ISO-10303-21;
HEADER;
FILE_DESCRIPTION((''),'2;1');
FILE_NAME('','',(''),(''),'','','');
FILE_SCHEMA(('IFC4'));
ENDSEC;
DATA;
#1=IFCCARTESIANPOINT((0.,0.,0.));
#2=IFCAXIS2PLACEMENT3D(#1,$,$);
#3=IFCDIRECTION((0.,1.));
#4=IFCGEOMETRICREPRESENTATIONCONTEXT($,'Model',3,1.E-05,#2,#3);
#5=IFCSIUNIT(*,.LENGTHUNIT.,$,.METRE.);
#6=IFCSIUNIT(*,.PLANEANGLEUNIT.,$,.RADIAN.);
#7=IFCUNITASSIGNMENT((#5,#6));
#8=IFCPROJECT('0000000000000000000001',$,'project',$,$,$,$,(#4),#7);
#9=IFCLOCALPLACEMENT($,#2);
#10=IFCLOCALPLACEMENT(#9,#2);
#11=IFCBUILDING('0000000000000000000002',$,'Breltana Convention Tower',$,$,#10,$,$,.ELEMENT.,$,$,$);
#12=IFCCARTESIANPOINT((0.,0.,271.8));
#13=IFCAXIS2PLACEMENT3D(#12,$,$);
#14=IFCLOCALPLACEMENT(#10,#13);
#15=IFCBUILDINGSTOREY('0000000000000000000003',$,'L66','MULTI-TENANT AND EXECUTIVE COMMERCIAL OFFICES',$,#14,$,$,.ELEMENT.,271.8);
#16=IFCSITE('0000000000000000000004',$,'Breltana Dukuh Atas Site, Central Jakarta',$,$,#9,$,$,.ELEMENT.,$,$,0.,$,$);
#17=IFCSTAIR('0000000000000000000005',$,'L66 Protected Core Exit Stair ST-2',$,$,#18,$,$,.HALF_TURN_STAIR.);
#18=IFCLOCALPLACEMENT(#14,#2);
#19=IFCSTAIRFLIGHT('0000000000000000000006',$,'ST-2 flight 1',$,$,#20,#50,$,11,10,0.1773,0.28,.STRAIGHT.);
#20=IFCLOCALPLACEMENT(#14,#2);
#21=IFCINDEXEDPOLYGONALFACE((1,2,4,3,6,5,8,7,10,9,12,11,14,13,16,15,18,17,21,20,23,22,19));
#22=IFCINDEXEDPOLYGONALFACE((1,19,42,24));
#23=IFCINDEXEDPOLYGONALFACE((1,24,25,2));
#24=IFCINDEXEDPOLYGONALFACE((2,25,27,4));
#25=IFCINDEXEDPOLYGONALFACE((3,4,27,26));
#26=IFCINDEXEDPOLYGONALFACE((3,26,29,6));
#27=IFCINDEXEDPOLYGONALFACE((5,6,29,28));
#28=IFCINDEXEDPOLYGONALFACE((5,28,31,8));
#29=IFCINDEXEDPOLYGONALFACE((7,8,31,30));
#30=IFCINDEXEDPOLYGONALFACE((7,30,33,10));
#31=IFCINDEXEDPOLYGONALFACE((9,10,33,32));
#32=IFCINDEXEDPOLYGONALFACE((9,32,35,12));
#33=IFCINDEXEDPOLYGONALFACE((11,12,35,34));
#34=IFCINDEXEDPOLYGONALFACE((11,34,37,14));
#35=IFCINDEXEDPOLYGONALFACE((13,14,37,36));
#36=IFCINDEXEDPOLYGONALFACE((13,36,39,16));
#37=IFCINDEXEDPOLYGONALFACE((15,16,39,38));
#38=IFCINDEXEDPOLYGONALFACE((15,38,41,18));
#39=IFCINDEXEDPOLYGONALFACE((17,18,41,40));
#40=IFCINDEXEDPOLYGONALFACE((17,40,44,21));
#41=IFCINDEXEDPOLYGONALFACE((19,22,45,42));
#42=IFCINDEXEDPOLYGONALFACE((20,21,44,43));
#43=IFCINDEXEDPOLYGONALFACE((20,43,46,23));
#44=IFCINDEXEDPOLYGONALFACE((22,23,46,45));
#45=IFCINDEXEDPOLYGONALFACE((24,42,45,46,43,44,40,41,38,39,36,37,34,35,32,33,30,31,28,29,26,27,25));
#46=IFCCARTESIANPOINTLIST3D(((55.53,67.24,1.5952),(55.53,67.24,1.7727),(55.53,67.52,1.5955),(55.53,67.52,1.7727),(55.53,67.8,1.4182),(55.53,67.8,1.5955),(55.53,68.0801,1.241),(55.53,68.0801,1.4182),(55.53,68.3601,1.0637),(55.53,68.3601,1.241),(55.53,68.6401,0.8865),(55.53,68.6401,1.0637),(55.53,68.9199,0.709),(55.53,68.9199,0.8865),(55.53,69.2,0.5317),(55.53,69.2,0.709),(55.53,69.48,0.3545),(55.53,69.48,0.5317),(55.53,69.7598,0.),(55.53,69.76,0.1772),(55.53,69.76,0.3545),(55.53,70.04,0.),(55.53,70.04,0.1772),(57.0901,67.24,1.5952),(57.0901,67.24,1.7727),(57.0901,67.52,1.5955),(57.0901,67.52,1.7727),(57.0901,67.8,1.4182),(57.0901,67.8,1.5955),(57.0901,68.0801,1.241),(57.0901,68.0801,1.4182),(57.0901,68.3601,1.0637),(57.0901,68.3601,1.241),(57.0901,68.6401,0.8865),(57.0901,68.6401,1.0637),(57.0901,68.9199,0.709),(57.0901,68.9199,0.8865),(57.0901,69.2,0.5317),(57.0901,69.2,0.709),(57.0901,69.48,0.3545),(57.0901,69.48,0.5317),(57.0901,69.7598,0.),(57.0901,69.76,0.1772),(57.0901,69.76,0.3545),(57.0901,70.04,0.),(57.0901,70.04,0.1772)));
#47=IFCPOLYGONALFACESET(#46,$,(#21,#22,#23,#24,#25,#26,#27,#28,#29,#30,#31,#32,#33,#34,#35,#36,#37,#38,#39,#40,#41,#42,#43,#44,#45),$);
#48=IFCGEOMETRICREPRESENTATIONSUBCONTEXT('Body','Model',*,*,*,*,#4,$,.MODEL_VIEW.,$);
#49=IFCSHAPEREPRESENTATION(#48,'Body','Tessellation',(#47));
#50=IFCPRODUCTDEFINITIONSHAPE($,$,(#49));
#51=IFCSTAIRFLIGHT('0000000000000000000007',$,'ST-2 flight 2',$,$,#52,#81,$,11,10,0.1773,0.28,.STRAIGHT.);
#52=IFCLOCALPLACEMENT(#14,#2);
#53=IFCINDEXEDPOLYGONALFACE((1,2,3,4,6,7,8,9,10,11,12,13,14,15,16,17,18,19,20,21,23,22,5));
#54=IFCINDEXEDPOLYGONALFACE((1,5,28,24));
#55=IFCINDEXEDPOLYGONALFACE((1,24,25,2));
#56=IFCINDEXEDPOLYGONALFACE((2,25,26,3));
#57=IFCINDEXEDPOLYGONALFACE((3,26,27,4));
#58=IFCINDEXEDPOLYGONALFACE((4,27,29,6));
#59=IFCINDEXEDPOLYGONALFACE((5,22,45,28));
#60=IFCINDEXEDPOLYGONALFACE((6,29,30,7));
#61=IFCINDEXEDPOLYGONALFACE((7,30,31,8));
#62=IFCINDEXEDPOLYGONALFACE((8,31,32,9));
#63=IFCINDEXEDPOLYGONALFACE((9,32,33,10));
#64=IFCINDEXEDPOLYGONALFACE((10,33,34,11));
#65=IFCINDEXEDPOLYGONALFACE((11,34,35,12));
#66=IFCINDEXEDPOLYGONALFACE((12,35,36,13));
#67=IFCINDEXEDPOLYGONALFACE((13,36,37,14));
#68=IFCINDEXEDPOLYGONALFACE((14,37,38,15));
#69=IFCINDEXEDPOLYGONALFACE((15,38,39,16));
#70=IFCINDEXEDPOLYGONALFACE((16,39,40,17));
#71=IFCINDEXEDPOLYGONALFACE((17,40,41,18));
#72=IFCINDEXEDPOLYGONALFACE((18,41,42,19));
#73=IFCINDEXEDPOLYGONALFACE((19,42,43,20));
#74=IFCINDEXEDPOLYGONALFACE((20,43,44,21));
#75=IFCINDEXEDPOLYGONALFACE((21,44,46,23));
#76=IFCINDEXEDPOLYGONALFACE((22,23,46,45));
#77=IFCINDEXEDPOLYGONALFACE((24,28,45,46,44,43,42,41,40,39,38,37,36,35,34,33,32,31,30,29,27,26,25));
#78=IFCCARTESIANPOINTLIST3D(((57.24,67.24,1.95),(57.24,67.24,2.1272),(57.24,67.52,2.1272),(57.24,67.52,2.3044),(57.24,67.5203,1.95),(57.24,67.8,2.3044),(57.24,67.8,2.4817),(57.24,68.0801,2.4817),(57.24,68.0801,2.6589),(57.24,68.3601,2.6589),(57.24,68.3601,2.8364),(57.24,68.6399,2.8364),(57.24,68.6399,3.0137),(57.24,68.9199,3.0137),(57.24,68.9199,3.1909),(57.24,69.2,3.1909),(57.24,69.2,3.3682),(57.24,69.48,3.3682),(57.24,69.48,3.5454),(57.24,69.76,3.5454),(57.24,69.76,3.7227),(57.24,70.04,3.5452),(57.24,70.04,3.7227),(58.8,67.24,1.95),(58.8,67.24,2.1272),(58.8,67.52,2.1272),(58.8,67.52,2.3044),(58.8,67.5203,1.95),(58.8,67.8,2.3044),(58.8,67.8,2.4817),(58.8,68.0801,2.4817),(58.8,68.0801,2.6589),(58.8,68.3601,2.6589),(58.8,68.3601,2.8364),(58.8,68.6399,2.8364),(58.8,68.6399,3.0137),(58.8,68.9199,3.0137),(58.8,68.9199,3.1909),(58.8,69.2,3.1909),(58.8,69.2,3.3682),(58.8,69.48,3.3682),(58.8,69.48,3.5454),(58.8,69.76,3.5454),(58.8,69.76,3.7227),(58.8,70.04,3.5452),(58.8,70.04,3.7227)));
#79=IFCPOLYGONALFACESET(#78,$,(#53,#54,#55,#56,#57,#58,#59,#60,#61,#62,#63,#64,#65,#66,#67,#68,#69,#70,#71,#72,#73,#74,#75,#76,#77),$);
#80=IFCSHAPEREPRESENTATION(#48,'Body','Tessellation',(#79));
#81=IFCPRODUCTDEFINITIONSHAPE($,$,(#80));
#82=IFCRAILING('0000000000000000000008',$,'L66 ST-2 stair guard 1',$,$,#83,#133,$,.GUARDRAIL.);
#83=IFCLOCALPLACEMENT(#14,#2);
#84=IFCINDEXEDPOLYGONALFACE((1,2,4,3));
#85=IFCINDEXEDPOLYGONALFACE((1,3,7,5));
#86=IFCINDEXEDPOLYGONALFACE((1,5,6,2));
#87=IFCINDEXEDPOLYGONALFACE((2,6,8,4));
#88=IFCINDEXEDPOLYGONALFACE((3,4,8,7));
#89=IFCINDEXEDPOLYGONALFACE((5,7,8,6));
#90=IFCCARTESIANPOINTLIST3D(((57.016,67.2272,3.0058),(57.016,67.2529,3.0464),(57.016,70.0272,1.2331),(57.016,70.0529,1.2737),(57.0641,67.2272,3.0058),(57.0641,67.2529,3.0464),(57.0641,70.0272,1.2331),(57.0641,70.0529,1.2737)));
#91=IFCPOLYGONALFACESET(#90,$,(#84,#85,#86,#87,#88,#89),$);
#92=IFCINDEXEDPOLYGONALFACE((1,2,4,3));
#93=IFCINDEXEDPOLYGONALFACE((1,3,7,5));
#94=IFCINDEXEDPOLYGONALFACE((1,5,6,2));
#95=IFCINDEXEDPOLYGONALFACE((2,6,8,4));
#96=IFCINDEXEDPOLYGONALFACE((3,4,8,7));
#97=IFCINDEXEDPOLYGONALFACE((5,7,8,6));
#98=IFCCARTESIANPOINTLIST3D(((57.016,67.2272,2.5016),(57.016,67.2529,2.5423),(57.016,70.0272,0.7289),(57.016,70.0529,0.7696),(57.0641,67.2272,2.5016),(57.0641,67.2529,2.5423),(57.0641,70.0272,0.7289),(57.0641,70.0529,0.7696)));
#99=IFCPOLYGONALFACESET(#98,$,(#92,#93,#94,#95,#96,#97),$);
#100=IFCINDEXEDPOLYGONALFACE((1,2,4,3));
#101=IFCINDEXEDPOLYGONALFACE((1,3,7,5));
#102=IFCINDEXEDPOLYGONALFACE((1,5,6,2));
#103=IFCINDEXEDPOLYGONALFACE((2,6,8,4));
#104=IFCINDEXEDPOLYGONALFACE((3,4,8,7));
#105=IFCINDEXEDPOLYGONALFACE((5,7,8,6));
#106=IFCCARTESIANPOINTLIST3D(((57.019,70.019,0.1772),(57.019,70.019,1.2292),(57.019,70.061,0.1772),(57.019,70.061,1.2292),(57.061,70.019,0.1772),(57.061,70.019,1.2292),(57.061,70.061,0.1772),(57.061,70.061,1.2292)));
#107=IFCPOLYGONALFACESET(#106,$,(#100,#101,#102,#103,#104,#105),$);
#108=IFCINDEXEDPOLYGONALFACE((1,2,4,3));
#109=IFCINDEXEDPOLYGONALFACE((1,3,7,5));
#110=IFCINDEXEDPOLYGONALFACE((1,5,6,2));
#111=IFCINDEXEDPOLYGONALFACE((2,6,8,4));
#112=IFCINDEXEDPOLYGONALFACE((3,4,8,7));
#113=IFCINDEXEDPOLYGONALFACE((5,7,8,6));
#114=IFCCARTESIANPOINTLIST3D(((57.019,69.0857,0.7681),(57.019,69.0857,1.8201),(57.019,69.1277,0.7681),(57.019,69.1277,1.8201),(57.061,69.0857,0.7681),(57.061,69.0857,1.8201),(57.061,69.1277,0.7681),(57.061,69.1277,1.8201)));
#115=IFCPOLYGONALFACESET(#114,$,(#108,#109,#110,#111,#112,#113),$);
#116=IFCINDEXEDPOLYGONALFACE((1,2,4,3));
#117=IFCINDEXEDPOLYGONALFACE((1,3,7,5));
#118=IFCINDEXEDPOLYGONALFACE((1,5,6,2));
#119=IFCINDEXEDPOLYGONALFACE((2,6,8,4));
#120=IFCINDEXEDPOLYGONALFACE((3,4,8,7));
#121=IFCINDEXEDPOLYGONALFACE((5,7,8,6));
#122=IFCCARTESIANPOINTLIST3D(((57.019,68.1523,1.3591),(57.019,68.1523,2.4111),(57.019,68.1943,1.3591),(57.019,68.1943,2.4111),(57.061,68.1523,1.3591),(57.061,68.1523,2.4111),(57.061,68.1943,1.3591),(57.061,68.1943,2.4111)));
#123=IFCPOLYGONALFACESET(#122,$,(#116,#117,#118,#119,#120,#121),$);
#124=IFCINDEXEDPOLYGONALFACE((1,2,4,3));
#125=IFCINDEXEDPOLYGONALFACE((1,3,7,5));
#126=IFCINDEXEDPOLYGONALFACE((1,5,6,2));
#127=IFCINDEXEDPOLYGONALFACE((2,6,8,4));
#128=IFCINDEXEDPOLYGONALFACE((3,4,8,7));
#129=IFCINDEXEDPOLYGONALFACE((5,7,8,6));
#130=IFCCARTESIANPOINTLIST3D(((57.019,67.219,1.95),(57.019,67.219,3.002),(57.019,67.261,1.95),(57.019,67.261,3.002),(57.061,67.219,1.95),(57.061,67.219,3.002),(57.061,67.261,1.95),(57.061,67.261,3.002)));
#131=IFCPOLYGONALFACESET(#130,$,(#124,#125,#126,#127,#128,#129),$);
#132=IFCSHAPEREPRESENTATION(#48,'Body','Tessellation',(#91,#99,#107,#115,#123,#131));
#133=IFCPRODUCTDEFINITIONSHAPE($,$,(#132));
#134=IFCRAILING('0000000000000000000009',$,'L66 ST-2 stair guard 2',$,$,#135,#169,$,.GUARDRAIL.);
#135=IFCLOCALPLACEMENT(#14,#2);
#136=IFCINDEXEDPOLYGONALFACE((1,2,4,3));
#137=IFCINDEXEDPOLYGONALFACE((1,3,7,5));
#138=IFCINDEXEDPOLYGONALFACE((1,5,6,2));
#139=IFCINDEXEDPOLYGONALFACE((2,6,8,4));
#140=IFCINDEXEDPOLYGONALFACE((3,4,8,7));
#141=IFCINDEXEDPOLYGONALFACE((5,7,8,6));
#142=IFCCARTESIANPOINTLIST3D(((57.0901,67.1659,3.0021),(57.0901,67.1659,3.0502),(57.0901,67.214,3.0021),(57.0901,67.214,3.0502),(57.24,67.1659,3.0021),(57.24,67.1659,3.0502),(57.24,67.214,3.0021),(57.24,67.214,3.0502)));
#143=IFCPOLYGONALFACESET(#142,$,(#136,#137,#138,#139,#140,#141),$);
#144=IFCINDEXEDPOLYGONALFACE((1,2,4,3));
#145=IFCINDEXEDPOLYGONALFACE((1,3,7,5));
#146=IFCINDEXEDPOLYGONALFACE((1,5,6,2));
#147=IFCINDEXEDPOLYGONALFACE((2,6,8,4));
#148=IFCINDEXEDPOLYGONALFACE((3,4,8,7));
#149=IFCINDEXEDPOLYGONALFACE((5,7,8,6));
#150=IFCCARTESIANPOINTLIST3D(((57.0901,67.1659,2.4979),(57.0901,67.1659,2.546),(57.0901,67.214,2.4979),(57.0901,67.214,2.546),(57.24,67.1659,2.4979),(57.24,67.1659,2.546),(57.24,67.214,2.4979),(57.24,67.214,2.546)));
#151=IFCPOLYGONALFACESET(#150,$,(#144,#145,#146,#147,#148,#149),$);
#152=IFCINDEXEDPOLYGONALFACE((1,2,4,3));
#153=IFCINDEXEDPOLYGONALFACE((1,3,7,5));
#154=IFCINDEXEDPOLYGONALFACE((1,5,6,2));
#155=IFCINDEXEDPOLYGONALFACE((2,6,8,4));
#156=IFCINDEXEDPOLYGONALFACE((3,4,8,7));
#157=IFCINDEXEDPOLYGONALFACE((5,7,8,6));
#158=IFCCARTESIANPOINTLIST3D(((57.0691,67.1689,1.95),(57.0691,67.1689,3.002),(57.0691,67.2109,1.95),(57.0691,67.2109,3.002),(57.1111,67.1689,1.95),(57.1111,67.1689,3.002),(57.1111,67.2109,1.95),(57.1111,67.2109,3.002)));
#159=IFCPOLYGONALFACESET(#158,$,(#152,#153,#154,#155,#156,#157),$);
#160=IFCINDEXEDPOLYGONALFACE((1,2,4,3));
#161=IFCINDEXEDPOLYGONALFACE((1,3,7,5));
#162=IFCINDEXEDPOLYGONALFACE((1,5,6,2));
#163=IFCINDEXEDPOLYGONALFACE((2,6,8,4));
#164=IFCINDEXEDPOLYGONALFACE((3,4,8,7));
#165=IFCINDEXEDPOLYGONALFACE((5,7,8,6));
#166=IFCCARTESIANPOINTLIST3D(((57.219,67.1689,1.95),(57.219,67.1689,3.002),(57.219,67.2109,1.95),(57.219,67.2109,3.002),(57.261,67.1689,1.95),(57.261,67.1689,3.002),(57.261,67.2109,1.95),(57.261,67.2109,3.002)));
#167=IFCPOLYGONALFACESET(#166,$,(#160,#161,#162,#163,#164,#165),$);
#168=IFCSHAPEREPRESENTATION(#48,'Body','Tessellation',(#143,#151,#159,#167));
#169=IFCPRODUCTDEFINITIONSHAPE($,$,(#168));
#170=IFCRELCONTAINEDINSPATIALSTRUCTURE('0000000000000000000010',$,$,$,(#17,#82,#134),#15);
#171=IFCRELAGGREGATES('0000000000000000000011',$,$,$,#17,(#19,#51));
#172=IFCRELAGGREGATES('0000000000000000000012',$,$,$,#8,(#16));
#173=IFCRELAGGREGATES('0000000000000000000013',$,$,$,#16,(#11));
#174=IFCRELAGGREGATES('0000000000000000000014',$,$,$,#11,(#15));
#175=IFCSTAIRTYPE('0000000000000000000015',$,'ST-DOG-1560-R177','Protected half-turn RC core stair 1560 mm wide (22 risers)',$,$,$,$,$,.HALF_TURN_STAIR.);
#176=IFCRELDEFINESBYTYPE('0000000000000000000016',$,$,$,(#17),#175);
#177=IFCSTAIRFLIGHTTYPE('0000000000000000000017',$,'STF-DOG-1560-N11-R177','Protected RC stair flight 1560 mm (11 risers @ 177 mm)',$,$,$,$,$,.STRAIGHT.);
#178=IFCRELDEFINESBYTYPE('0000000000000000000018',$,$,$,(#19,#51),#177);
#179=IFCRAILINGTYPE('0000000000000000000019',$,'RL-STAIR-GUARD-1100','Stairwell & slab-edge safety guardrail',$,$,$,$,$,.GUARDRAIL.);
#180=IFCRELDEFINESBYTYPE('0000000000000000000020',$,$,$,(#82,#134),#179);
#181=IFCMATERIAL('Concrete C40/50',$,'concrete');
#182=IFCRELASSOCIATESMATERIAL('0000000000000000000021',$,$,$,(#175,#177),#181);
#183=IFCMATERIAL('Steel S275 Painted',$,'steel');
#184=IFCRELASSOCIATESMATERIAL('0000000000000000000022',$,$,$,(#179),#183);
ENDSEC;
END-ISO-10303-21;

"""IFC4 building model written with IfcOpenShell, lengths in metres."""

from ifc_helpers import new_model, si_unit, direction, frame, origin, origin_2d, place, context, subcontext, project, spatial, polyline, rectangle, outline, extrude, material, type_object, element, aggregate, save


model = new_model("IFC4")

# Units and contexts
model_context = context("Model", 3, precision=1e-05, world=origin(), true_north=direction((0.0, 1.0)))
body_context = subcontext(model_context, "Body", "Model", "MODEL_VIEW")
ifc_project = project(units=[si_unit("LENGTHUNIT", "METRE"), si_unit("PLANEANGLEUNIT", "RADIAN")], contexts=[model_context])

# Site, building, storey
site_placement = place(None, origin())
site = spatial("IfcSite", under=ifc_project, at=site_placement, Name="Breltana Dukuh Atas Site, Central Jakarta", CompositionType="ELEMENT", RefElevation=0.0)
building_placement = place(site_placement, origin())
building = spatial("IfcBuilding", under=site, at=building_placement, Name="Breltana Convention Tower", CompositionType="ELEMENT")
storey_placement = place(building_placement, frame((0.0, 0.0, 271.8)))
storey = spatial("IfcBuildingStorey", under=building, at=storey_placement, Name="L66", Description="MULTI-TENANT AND EXECUTIVE COMMERCIAL OFFICES", CompositionType="ELEMENT", Elevation=271.8)

# Stair, stair flights
ifc_material_1 = material(Name="Concrete C40/50", Category="concrete")
stair_type = type_object("IfcStairType", Name="ST-DOG-1560-R177", Description="Protected half-turn RC core stair 1560 mm wide (22 risers)", PredefinedType="HALF_TURN_STAIR", material=ifc_material_1)
stair_placement = place(storey_placement, origin())
stair = element("IfcStair", 1, at=stair_placement, inside=storey, type_object=stair_type, Name="L66 Protected Core Exit Stair ST-2", PredefinedType="HALF_TURN_STAIR")
stair_flight_type = type_object("IfcStairFlightType", Name="STF-DOG-1560-N11-R177", Description="Protected RC stair flight 1560 mm (11 risers @ 177 mm)", PredefinedType="STRAIGHT", material=ifc_material_1)
stair_flight_1_placement = place(storey_placement, frame((56.3101, 70.04, 0.0), z_axis=(0.0, 0.0, 1.0), x_axis=(0.0, -1.0, 0.0)))
stair_flight_1 = element("IfcStairFlight", 2, at=stair_flight_1_placement, type_object=stair_flight_type, Name="ST-2 flight 1", NumberOfRisers=11, NumberOfTreads=10, PredefinedType="STRAIGHT", RiserHeight=0.1773, TreadLength=0.28, context=body_context, shape_type="SweptSolid", body=[
    extrude(outline(polyline([(0.0, 0.0), (0.0, 0.1772), (0.28, 0.1772), (0.28, 0.3545), (0.5601, 0.3545), (0.5601, 0.5317), (0.8401, 0.5317), (0.8401, 0.709), (1.1201, 0.709), (1.1201, 0.8865), (1.3999, 0.8865), (1.3999, 1.0637), (1.6799, 1.0637), (1.6799, 1.241), (1.96, 1.241), (1.96, 1.4182), (2.24, 1.4182), (2.24, 1.5955), (2.52, 1.5955), (2.52, 1.7727), (2.8, 1.7727), (2.8, 1.95), (2.8, 1.5952), (0.2803, 0.0), (0.0, 0.0)])), frame((0.0, 0.78, 0.0), z_axis=(0.0, -1.0, 0.0), x_axis=(1.0, 0.0, 0.0)), (0.0, 0.0, 1.0), 1.5601),
])
stair_flight_2_placement = place(storey_placement, frame((58.02, 67.24, 1.95), z_axis=(0.0, 0.0, 1.0), x_axis=(0.0, 1.0, 0.0)))
stair_flight_2 = element("IfcStairFlight", 3, at=stair_flight_2_placement, type_object=stair_flight_type, Name="ST-2 flight 2", NumberOfRisers=11, NumberOfTreads=10, PredefinedType="STRAIGHT", RiserHeight=0.1773, TreadLength=0.28, context=body_context, shape_type="SweptSolid", body=[
    extrude(outline(polyline([(0.0, 0.0), (0.0, 0.1772), (0.28, 0.1772), (0.28, 0.3545), (0.5601, 0.3545), (0.5601, 0.5317), (0.8401, 0.5317), (0.8401, 0.709), (1.1201, 0.709), (1.1201, 0.8865), (1.3999, 0.8865), (1.3999, 1.0637), (1.6799, 1.0637), (1.6799, 1.241), (1.96, 1.241), (1.96, 1.4182), (2.24, 1.4182), (2.24, 1.5955), (2.52, 1.5955), (2.52, 1.7727), (2.8, 1.7727), (2.8, 1.95), (2.8, 1.5952), (0.2803, 0.0), (0.0, 0.0)])), frame((0.0, 0.78, 0.0), z_axis=(0.0, -1.0, 0.0), x_axis=(1.0, 0.0, 0.0)), (0.0, 0.0, 1.0), 1.5601),
])
aggregate(stair, [stair_flight_1, stair_flight_2])

# Railings
ifc_material_2 = material(Name="Steel S275 Painted", Category="steel")
railing_type_1 = type_object("IfcRailingType", Name="RL-STAIR-GUARD-1100", Description="Stairwell & slab-edge safety guardrail", PredefinedType="GUARDRAIL", material=ifc_material_2)
railing_1_placement = place(storey_placement, frame((57.04, 70.04, 0.1772)))
element("IfcRailing", 4, at=railing_1_placement, inside=storey, type_object=railing_type_1, Name="L66 ST-2 stair guard 1", PredefinedType="GUARDRAIL", context=body_context, shape_type="SweptSolid", body=[
    extrude(rectangle(XDim=0.0481, YDim=0.0481, at=origin_2d()), frame((0.0, 0.0, 1.0762), z_axis=(0.0, -0.844909, 0.53491), x_axis=(1.0, 0.0, 0.0)), (0.0, 0.0, 1.0), 3.314),
    extrude(rectangle(XDim=0.0481, YDim=0.0481, at=origin_2d()), frame((0.0, 0.0, 0.572), z_axis=(0.0, -0.844909, 0.53491), x_axis=(1.0, 0.0, 0.0)), (0.0, 0.0, 1.0), 3.314),
    extrude(rectangle(XDim=0.042, YDim=0.042, at=origin_2d()), origin(), (0.0, 0.0, 1.0), 1.052),
    extrude(rectangle(XDim=0.042, YDim=0.042, at=origin_2d()), frame((0.0, -0.9333, 0.5908)), (0.0, 0.0, 1.0), 1.052),
    extrude(rectangle(XDim=0.042, YDim=0.042, at=origin_2d()), frame((0.0, -1.8667, 1.1819)), (0.0, 0.0, 1.0), 1.052),
    extrude(rectangle(XDim=0.042, YDim=0.042, at=origin_2d()), frame((0.0, -2.8, 1.7727)), (0.0, 0.0, 1.0), 1.052),
])
railing_2_placement = place(storey_placement, frame((57.0901, 67.1899, 1.95)))
element("IfcRailing", 5, at=railing_2_placement, inside=storey, type_object=railing_type_1, Name="L66 ST-2 stair guard 2", PredefinedType="GUARDRAIL", context=body_context, shape_type="SweptSolid", body=[
    extrude(rectangle(XDim=0.0481, YDim=0.0481, at=origin_2d()), frame((0.0, 0.0, 1.0762), z_axis=(1.0, 0.0, 0.0), x_axis=(0.0, 1.0, 0.0)), (0.0, 0.0, 1.0), 0.1499),
    extrude(rectangle(XDim=0.0481, YDim=0.0481, at=origin_2d()), frame((0.0, 0.0, 0.572), z_axis=(1.0, 0.0, 0.0), x_axis=(0.0, 1.0, 0.0)), (0.0, 0.0, 1.0), 0.1499),
    extrude(rectangle(XDim=0.042, YDim=0.042, at=origin_2d()), origin(), (0.0, 0.0, 1.0), 1.052),
    extrude(rectangle(XDim=0.042, YDim=0.042, at=origin_2d()), frame((0.1499, 0.0, 0.0)), (0.0, 0.0, 1.0), 1.052),
])

save(model, "model.ifc")
